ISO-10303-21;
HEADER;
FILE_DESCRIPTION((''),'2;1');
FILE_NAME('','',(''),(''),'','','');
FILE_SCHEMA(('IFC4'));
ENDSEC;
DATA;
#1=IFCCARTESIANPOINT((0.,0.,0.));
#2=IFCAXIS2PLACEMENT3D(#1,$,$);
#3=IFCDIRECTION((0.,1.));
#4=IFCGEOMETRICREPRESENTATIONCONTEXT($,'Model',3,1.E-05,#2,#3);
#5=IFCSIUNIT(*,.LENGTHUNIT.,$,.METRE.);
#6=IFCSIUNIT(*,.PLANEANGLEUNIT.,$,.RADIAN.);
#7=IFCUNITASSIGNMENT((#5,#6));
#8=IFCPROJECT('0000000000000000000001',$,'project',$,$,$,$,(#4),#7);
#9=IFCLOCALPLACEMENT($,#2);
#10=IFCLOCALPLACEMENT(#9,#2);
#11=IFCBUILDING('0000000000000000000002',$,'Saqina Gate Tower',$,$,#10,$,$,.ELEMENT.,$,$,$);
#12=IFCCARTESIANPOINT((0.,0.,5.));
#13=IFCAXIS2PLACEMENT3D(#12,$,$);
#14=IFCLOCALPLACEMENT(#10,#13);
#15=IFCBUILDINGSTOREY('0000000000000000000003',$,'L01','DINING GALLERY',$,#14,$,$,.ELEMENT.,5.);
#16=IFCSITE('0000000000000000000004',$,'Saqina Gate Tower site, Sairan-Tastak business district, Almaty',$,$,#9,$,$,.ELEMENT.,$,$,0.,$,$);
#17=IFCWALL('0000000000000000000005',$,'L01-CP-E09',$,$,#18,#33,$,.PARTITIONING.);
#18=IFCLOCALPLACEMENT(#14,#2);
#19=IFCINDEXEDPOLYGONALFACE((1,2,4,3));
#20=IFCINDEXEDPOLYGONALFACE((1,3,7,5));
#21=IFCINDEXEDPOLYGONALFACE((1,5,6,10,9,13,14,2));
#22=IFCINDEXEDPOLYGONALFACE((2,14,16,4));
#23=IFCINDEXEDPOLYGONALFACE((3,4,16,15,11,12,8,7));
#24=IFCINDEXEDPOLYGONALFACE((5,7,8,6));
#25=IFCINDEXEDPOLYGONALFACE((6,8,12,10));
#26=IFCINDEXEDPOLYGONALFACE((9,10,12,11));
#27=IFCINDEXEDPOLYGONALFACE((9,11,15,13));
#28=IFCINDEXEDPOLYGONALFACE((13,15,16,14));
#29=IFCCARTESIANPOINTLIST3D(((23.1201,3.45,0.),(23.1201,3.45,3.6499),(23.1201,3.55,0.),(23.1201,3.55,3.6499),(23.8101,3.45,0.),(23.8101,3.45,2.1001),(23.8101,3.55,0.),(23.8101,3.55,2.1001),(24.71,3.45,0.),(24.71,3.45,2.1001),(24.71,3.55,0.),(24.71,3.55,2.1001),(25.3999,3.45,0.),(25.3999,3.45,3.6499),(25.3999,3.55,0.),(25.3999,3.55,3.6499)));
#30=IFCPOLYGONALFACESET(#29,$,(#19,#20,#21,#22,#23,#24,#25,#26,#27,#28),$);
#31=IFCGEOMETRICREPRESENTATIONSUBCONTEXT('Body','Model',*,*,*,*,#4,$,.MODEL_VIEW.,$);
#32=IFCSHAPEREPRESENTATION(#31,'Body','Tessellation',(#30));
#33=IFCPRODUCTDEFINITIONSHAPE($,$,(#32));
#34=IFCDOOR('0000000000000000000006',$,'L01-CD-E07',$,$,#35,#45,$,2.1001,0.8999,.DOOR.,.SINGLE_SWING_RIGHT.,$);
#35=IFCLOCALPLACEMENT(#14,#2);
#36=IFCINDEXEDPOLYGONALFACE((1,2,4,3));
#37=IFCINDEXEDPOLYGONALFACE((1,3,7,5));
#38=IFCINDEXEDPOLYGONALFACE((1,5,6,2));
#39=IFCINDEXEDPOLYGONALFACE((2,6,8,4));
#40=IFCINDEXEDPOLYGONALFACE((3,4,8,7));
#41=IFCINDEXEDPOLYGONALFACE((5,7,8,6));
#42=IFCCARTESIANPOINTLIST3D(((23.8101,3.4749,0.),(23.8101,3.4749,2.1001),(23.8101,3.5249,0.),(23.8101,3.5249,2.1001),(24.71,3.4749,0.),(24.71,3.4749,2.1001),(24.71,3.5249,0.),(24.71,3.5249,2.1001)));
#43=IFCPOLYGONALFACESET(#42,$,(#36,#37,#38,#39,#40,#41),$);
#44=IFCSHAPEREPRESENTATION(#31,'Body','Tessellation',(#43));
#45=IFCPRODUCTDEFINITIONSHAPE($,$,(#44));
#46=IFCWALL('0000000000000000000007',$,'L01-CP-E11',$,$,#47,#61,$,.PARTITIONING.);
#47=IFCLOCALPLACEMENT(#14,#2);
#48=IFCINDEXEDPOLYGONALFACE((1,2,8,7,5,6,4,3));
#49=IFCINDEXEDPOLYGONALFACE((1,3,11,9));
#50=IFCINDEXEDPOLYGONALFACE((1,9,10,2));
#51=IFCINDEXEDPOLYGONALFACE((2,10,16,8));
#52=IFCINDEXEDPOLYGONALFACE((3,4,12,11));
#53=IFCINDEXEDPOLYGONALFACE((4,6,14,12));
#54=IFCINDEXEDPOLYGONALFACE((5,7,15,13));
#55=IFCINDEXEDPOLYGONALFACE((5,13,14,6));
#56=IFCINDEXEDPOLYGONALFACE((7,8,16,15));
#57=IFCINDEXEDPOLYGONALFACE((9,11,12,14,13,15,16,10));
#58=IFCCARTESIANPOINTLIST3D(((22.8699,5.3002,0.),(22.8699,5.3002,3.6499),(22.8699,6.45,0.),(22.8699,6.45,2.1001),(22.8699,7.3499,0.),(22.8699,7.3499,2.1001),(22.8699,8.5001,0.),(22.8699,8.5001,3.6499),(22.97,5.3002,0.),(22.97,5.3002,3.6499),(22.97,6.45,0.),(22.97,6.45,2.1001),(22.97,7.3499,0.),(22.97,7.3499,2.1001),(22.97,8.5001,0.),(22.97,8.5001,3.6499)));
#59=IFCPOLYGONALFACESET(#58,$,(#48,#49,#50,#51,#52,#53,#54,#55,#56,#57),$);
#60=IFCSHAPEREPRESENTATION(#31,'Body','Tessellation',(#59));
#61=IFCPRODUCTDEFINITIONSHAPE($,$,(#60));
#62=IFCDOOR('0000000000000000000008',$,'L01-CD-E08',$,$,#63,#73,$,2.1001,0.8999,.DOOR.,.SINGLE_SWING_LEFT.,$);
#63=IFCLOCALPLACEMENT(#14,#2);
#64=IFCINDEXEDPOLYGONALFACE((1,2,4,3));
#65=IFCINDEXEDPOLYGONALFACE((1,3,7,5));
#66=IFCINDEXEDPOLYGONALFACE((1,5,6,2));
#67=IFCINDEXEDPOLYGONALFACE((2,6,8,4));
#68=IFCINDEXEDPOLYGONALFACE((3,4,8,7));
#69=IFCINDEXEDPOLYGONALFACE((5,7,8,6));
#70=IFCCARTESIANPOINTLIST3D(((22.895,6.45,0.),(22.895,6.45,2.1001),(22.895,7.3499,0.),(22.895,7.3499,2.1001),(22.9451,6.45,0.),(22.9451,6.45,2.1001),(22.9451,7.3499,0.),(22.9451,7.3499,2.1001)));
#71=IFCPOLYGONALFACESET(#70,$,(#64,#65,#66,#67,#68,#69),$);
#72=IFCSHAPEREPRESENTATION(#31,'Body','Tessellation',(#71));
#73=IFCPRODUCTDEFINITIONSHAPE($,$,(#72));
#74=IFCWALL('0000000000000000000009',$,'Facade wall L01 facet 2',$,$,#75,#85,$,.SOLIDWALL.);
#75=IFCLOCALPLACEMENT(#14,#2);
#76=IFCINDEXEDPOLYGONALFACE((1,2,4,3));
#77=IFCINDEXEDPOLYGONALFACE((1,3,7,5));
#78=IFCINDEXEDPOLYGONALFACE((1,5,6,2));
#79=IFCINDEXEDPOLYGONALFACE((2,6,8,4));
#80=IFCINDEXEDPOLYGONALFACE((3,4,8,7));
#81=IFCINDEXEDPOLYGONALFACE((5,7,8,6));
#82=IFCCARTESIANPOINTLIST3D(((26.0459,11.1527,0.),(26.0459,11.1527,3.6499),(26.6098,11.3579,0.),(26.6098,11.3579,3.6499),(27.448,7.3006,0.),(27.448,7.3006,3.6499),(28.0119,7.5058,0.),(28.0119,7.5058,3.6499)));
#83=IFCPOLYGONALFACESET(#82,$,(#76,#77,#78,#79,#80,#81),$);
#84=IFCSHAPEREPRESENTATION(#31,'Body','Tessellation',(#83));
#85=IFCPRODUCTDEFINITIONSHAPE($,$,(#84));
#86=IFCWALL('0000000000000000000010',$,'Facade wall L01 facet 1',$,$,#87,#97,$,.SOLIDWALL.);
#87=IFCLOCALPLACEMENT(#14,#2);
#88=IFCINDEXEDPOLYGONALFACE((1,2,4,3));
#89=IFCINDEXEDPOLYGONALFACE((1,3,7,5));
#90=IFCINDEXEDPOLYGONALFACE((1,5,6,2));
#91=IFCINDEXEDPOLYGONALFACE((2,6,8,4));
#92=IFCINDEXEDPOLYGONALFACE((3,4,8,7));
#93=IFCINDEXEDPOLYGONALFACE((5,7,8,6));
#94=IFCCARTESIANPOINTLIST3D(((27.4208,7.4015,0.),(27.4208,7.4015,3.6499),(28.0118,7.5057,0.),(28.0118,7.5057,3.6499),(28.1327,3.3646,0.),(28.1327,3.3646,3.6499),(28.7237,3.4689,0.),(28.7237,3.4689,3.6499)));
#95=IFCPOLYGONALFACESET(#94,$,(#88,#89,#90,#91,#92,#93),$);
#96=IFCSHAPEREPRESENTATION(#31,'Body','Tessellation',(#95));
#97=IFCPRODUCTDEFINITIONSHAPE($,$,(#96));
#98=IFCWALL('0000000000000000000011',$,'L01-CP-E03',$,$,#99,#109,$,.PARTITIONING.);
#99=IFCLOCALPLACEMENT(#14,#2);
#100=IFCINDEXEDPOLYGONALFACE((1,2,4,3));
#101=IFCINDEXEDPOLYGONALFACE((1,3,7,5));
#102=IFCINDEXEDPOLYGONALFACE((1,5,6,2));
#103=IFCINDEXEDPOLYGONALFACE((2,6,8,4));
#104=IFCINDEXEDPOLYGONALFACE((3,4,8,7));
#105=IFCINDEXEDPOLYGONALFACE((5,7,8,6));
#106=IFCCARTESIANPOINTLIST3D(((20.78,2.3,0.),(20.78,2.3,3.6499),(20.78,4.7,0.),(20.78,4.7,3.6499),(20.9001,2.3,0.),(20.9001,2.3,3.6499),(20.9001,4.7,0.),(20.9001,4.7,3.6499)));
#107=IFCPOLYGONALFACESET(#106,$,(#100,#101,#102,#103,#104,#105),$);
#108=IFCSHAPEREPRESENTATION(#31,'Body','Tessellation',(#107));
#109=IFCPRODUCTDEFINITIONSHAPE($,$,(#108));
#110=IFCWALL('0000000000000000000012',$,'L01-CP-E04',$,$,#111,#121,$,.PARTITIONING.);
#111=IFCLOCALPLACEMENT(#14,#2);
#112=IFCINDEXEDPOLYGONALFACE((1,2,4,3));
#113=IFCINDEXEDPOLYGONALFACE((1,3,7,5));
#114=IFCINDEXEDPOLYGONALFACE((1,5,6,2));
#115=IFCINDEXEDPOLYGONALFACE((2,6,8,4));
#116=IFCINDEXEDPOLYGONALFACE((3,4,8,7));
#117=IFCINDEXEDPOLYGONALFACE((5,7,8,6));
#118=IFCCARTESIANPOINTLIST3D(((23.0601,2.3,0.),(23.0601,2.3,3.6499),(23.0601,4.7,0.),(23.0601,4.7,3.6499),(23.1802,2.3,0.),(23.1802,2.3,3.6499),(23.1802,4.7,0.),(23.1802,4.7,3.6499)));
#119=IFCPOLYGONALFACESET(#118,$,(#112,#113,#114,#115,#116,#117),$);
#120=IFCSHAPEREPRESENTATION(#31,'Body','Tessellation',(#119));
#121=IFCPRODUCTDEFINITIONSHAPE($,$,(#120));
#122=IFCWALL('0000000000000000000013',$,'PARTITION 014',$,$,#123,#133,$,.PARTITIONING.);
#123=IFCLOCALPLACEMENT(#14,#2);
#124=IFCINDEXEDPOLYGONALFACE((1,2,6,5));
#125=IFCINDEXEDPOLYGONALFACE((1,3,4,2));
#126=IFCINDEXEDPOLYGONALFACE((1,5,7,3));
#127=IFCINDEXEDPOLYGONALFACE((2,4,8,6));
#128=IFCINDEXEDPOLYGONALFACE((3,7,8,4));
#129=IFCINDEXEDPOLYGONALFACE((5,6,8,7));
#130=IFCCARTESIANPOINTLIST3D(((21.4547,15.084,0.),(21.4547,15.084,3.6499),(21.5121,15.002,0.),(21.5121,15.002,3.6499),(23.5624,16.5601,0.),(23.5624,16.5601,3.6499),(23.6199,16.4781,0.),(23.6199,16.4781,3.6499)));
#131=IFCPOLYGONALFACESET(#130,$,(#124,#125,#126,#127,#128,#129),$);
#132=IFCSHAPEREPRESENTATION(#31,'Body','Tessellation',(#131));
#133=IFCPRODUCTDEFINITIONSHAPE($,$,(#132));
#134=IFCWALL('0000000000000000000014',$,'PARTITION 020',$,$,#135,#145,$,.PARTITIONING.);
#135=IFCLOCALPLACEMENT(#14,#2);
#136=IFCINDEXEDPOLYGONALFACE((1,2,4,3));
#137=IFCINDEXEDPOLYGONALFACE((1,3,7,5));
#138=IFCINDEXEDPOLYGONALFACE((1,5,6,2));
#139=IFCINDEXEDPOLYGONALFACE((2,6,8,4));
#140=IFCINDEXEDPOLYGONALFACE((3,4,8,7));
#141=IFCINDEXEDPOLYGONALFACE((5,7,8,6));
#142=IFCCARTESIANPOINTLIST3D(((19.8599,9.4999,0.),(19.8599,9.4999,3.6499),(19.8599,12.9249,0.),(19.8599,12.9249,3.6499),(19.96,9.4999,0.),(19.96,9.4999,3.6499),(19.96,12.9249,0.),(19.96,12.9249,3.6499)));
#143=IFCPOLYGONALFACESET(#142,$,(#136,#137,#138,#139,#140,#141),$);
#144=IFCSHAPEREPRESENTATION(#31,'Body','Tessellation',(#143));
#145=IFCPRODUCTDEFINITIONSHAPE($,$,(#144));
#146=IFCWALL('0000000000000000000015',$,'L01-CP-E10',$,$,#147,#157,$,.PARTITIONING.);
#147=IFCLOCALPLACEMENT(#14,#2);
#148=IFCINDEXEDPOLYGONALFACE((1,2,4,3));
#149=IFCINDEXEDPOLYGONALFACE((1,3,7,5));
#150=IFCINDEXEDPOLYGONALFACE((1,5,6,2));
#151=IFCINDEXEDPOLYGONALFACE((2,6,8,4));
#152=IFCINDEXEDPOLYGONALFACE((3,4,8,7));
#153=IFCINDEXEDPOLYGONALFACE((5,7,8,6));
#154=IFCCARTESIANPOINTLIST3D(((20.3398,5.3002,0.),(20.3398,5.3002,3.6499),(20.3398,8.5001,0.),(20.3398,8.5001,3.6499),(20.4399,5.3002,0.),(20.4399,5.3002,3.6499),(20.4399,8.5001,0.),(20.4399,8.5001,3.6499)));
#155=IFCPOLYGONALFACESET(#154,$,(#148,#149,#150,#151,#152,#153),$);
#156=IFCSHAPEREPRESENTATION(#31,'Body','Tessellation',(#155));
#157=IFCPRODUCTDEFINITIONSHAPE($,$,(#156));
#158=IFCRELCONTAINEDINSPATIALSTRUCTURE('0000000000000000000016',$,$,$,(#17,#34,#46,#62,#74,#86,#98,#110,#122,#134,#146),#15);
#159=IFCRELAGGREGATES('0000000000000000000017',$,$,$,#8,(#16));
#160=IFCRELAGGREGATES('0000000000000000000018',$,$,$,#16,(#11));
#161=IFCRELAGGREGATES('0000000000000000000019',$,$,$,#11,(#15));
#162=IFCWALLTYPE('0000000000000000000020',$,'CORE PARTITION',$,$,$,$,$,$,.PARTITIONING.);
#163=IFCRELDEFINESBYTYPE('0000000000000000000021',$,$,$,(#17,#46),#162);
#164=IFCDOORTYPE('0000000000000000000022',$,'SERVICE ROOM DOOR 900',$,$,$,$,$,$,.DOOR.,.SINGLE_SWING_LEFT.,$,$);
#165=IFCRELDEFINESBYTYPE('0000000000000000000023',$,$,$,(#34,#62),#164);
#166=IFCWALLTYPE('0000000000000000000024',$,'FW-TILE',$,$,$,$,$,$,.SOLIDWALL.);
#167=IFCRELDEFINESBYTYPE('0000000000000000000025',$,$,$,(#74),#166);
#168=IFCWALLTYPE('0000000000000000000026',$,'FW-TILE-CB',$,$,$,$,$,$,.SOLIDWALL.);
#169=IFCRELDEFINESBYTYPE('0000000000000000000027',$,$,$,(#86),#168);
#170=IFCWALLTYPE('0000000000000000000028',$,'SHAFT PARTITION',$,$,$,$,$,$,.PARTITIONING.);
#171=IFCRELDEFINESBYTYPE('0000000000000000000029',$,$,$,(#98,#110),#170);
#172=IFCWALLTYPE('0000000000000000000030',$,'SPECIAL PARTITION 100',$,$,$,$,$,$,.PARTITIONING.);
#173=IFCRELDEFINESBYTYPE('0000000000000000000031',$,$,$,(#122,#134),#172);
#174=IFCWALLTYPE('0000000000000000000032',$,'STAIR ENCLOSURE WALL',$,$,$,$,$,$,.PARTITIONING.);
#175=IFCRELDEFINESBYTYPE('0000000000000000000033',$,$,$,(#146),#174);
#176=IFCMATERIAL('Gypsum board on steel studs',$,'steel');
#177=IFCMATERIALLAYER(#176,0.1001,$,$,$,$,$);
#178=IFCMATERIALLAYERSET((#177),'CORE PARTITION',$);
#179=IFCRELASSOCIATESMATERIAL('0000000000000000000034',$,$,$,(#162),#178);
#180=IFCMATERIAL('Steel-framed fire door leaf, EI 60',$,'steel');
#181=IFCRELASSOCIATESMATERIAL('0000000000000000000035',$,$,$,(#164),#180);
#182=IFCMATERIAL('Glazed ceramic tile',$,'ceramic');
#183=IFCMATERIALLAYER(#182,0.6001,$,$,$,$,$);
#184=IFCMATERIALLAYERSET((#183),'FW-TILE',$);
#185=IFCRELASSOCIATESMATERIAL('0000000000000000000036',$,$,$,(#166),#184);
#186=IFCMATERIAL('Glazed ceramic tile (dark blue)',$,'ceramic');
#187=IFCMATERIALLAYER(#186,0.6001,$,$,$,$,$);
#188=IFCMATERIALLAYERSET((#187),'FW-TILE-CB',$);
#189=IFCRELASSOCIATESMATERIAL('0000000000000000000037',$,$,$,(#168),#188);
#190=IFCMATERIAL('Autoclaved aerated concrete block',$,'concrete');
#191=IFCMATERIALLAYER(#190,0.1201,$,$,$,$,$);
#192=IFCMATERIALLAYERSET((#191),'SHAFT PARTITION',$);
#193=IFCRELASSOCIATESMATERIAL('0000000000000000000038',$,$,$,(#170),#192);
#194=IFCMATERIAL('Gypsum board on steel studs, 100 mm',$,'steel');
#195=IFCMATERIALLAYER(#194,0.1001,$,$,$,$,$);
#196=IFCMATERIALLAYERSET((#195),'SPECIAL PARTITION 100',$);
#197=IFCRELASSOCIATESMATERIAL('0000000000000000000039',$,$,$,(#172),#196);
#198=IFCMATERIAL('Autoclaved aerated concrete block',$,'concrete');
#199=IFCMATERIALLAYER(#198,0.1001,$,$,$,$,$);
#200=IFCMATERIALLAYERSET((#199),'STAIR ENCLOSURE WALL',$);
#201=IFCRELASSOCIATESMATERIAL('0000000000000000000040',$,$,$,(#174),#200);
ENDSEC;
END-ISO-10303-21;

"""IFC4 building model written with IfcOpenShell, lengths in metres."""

from ifc_helpers import new_model, si_unit, direction, frame, frame_2d, origin, place, context, subcontext, project, spatial, rectangle, extrude, material, layer, layer_set, type_object, element, fill, save


model = new_model("IFC4")

# Units and contexts
model_context = context("Model", 3, precision=1e-05, world=origin(), true_north=direction((0.0, 1.0)))
body_context = subcontext(model_context, "Body", "Model", "MODEL_VIEW")
ifc_project = project(units=[si_unit("LENGTHUNIT", "METRE"), si_unit("PLANEANGLEUNIT", "RADIAN")], contexts=[model_context])

# Site, building, storey
site_placement = place(None, origin())
site = spatial("IfcSite", under=ifc_project, at=site_placement, Name="Saqina Gate Tower site, Sairan-Tastak business district, Almaty", CompositionType="ELEMENT", RefElevation=0.0)
building_placement = place(site_placement, origin())
building = spatial("IfcBuilding", under=site, at=building_placement, Name="Saqina Gate Tower", CompositionType="ELEMENT")
storey_placement = place(building_placement, frame((0.0, 0.0, 5.0)))
storey = spatial("IfcBuildingStorey", under=building, at=storey_placement, Name="L01", Description="DINING GALLERY", CompositionType="ELEMENT", Elevation=5.0)

# Walls, openings, doors
ifc_material_1 = material(Name="Gypsum board on steel studs", Category="steel")
ifc_layer_1 = layer(ifc_material_1, 0.1001)
ifc_layer_set_1 = layer_set([ifc_layer_1], Name="CORE PARTITION")
wall_type_1 = type_object("IfcWallType", Name="CORE PARTITION", PredefinedType="PARTITIONING", material=ifc_layer_set_1)
wall_1_placement = place(storey_placement, frame((23.1201, 3.5, 0.0), z_axis=(0.0, 0.0, 1.0), x_axis=(1.0, 0.0, 0.0)))
wall_1 = element("IfcWall", 1, at=wall_1_placement, inside=storey, type_object=wall_type_1, Name="L01-CP-E09", PredefinedType="PARTITIONING", context=body_context, shape_type="SweptSolid", body=[
    extrude(rectangle(XDim=2.2798, YDim=0.1001, at=frame_2d((1.1399, 0.0))), origin(), (0.0, 0.0, 1.0), 3.6499),
])
opening_1_placement = place(wall_1_placement, frame((0.6899, 0.0, 0.0)))
opening_1 = element("IfcOpeningElement", 2, at=opening_1_placement, cuts=wall_1, PredefinedType="OPENING", context=body_context, shape_type="SweptSolid", body=[
    extrude(rectangle(XDim=0.8999, YDim=2.1001, at=frame_2d((0.45, 1.05))), frame((0.0, 0.062, 0.0), z_axis=(0.0, -1.0, 0.0), x_axis=(1.0, 0.0, 0.0)), (0.0, 0.0, 1.0), 0.124),
])
ifc_material_2 = material(Name="Steel-framed fire door leaf, EI 60", Category="steel")
door_type = type_object("IfcDoorType", Name="SERVICE ROOM DOOR 900", OperationType="SINGLE_SWING_LEFT", PredefinedType="DOOR", material=ifc_material_2)
door_1_placement = place(opening_1_placement, origin())
door_1 = element("IfcDoor", 3, at=door_1_placement, inside=storey, type_object=door_type, Name="L01-CD-E07", OperationType="SINGLE_SWING_RIGHT", OverallHeight=2.1001, OverallWidth=0.8999, PredefinedType="DOOR", context=body_context, shape_type="SweptSolid", body=[
    extrude(rectangle(XDim=0.8999, YDim=2.1001, at=frame_2d((0.45, 1.05))), frame((0.0, 0.0249, 0.0), z_axis=(0.0, -1.0, 0.0), x_axis=(1.0, 0.0, 0.0)), (0.0, 0.0, 1.0), 0.05),
])
fill(opening_1, door_1)
wall_2_placement = place(storey_placement, frame((22.9199, 5.3, 0.0), z_axis=(0.0, 0.0, 1.0), x_axis=(0.0, 1.0, 0.0)))
wall_2 = element("IfcWall", 4, at=wall_2_placement, inside=storey, type_object=wall_type_1, Name="L01-CP-E11", PredefinedType="PARTITIONING", context=body_context, shape_type="SweptSolid", body=[
    extrude(rectangle(XDim=3.2, YDim=0.1001, at=frame_2d((1.6001, 0.0))), origin(), (0.0, 0.0, 1.0), 3.6499),
])
opening_2_placement = place(wall_2_placement, frame((1.1499, 0.0, 0.0)))
opening_2 = element("IfcOpeningElement", 5, at=opening_2_placement, cuts=wall_2, PredefinedType="OPENING", context=body_context, shape_type="SweptSolid", body=[
    extrude(rectangle(XDim=0.8999, YDim=2.1001, at=frame_2d((0.45, 1.05))), frame((0.0, 0.062, 0.0), z_axis=(0.0, -1.0, 0.0), x_axis=(1.0, 0.0, 0.0)), (0.0, 0.0, 1.0), 0.124),
])
door_2_placement = place(opening_2_placement, origin())
door_2 = element("IfcDoor", 6, at=door_2_placement, inside=storey, type_object=door_type, Name="L01-CD-E08", OperationType="SINGLE_SWING_LEFT", OverallHeight=2.1001, OverallWidth=0.8999, PredefinedType="DOOR", context=body_context, shape_type="SweptSolid", body=[
    extrude(rectangle(XDim=0.8999, YDim=2.1001, at=frame_2d((0.45, 1.05))), frame((0.0, 0.0249, 0.0), z_axis=(0.0, -1.0, 0.0), x_axis=(1.0, 0.0, 0.0)), (0.0, 0.0, 1.0), 0.05),
])
fill(opening_2, door_2)

# Walls
ifc_material_3 = material(Name="Glazed ceramic tile", Category="ceramic")
ifc_layer_2 = layer(ifc_material_3, 0.6001)
ifc_layer_set_2 = layer_set([ifc_layer_2], Name="FW-TILE")
wall_type_2 = type_object("IfcWallType", Name="FW-TILE", PredefinedType="SOLIDWALL", material=ifc_layer_set_2)
wall_3_placement = place(storey_placement, frame((27.73, 7.4031, 0.0), z_axis=(0.0, 0.0, 1.0), x_axis=(-0.342035, 0.939687, 0.0)))
element("IfcWall", 7, at=wall_3_placement, inside=storey, type_object=wall_type_2, Name="Facade wall L01 facet 2", PredefinedType="SOLIDWALL", context=body_context, shape_type="SweptSolid", body=[
    extrude(rectangle(XDim=4.0994, YDim=0.6001, at=frame_2d((2.0498, 0.0))), origin(), (0.0, 0.0, 1.0), 3.6499),
])
ifc_material_4 = material(Name="Glazed ceramic tile (dark blue)", Category="ceramic")
ifc_layer_3 = layer(ifc_material_4, 0.6001)
ifc_layer_set_3 = layer_set([ifc_layer_3], Name="FW-TILE-CB")
wall_type_3 = type_object("IfcWallType", Name="FW-TILE-CB", PredefinedType="SOLIDWALL", material=ifc_layer_set_3)
wall_4_placement = place(storey_placement, frame((28.4282, 3.4167, 0.0), z_axis=(0.0, 0.0, 1.0), x_axis=(-0.173673, 0.984803, 0.0)))
element("IfcWall", 8, at=wall_4_placement, inside=storey, type_object=wall_type_3, Name="Facade wall L01 facet 1", PredefinedType="SOLIDWALL", context=body_context, shape_type="SweptSolid", body=[
    extrude(rectangle(XDim=4.0991, YDim=0.6001, at=frame_2d((2.0496, 0.0))), origin(), (0.0, 0.0, 1.0), 3.6499),
])
ifc_material_5 = material(Name="Autoclaved aerated concrete block", Category="concrete")
ifc_layer_4 = layer(ifc_material_5, 0.1201)
ifc_layer_set_4 = layer_set([ifc_layer_4], Name="SHAFT PARTITION")
wall_type_4 = type_object("IfcWallType", Name="SHAFT PARTITION", PredefinedType="PARTITIONING", material=ifc_layer_set_4)
for number, where, z_axis, x_axis, name in (
    (9, (20.8401, 2.3, 0.0), (0.0, 0.0, 1.0), (0.0, 1.0, 0.0), "L01-CP-E03"),
    (10, (23.1201, 2.3, 0.0), (0.0, 0.0, 1.0), (0.0, 1.0, 0.0), "L01-CP-E04"),
):
    element("IfcWall", number, at=place(storey_placement, frame(where, z_axis=z_axis, x_axis=x_axis)), inside=storey, type_object=wall_type_4, Name=name, PredefinedType="PARTITIONING", context=body_context, shape_type="SweptSolid", body=[
        extrude(rectangle(XDim=2.3999, YDim=0.1201, at=frame_2d((1.2, 0.0))), origin(), (0.0, 0.0, 1.0), 3.6499),
    ])
ifc_material_6 = material(Name="Gypsum board on steel studs, 100 mm", Category="steel")
ifc_layer_5 = layer(ifc_material_6, 0.1001)
ifc_layer_set_5 = layer_set([ifc_layer_5], Name="SPECIAL PARTITION 100")
wall_type_5 = type_object("IfcWallType", Name="SPECIAL PARTITION 100", PredefinedType="PARTITIONING", material=ifc_layer_set_5)
wall_5_placement = place(storey_placement, frame((21.4834, 15.043, 0.0), z_axis=(0.0, 0.0, 1.0), x_axis=(0.819103, 0.573647, 0.0)))
element("IfcWall", 11, at=wall_5_placement, inside=storey, type_object=wall_type_5, Name="PARTITION 014", PredefinedType="PARTITIONING", context=body_context, shape_type="SweptSolid", body=[
    extrude(rectangle(XDim=2.5732, YDim=0.1001, at=frame_2d((1.2866, 0.0))), origin(), (0.0, 0.0, 1.0), 3.6499),
])
wall_6_placement = place(storey_placement, frame((19.9099, 9.5, 0.0), z_axis=(0.0, 0.0, 1.0), x_axis=(0.0, 1.0, 0.0)))
element("IfcWall", 12, at=wall_6_placement, inside=storey, type_object=wall_type_5, Name="PARTITION 020", PredefinedType="PARTITIONING", context=body_context, shape_type="SweptSolid", body=[
    extrude(rectangle(XDim=3.425, YDim=0.1001, at=frame_2d((1.7124, 0.0))), origin(), (0.0, 0.0, 1.0), 3.6499),
])
ifc_material_7 = material(Name="Autoclaved aerated concrete block", Category="concrete")
ifc_layer_6 = layer(ifc_material_7, 0.1001)
ifc_layer_set_6 = layer_set([ifc_layer_6], Name="STAIR ENCLOSURE WALL")
wall_type_6 = type_object("IfcWallType", Name="STAIR ENCLOSURE WALL", PredefinedType="PARTITIONING", material=ifc_layer_set_6)
wall_7_placement = place(storey_placement, frame((20.3899, 5.3, 0.0), z_axis=(0.0, 0.0, 1.0), x_axis=(0.0, 1.0, 0.0)))
element("IfcWall", 13, at=wall_7_placement, inside=storey, type_object=wall_type_6, Name="L01-CP-E10", PredefinedType="PARTITIONING", context=body_context, shape_type="SweptSolid", body=[
    extrude(rectangle(XDim=3.2, YDim=0.1001, at=frame_2d((1.6001, 0.0))), origin(), (0.0, 0.0, 1.0), 3.6499),
])

save(model, "model.ifc")
